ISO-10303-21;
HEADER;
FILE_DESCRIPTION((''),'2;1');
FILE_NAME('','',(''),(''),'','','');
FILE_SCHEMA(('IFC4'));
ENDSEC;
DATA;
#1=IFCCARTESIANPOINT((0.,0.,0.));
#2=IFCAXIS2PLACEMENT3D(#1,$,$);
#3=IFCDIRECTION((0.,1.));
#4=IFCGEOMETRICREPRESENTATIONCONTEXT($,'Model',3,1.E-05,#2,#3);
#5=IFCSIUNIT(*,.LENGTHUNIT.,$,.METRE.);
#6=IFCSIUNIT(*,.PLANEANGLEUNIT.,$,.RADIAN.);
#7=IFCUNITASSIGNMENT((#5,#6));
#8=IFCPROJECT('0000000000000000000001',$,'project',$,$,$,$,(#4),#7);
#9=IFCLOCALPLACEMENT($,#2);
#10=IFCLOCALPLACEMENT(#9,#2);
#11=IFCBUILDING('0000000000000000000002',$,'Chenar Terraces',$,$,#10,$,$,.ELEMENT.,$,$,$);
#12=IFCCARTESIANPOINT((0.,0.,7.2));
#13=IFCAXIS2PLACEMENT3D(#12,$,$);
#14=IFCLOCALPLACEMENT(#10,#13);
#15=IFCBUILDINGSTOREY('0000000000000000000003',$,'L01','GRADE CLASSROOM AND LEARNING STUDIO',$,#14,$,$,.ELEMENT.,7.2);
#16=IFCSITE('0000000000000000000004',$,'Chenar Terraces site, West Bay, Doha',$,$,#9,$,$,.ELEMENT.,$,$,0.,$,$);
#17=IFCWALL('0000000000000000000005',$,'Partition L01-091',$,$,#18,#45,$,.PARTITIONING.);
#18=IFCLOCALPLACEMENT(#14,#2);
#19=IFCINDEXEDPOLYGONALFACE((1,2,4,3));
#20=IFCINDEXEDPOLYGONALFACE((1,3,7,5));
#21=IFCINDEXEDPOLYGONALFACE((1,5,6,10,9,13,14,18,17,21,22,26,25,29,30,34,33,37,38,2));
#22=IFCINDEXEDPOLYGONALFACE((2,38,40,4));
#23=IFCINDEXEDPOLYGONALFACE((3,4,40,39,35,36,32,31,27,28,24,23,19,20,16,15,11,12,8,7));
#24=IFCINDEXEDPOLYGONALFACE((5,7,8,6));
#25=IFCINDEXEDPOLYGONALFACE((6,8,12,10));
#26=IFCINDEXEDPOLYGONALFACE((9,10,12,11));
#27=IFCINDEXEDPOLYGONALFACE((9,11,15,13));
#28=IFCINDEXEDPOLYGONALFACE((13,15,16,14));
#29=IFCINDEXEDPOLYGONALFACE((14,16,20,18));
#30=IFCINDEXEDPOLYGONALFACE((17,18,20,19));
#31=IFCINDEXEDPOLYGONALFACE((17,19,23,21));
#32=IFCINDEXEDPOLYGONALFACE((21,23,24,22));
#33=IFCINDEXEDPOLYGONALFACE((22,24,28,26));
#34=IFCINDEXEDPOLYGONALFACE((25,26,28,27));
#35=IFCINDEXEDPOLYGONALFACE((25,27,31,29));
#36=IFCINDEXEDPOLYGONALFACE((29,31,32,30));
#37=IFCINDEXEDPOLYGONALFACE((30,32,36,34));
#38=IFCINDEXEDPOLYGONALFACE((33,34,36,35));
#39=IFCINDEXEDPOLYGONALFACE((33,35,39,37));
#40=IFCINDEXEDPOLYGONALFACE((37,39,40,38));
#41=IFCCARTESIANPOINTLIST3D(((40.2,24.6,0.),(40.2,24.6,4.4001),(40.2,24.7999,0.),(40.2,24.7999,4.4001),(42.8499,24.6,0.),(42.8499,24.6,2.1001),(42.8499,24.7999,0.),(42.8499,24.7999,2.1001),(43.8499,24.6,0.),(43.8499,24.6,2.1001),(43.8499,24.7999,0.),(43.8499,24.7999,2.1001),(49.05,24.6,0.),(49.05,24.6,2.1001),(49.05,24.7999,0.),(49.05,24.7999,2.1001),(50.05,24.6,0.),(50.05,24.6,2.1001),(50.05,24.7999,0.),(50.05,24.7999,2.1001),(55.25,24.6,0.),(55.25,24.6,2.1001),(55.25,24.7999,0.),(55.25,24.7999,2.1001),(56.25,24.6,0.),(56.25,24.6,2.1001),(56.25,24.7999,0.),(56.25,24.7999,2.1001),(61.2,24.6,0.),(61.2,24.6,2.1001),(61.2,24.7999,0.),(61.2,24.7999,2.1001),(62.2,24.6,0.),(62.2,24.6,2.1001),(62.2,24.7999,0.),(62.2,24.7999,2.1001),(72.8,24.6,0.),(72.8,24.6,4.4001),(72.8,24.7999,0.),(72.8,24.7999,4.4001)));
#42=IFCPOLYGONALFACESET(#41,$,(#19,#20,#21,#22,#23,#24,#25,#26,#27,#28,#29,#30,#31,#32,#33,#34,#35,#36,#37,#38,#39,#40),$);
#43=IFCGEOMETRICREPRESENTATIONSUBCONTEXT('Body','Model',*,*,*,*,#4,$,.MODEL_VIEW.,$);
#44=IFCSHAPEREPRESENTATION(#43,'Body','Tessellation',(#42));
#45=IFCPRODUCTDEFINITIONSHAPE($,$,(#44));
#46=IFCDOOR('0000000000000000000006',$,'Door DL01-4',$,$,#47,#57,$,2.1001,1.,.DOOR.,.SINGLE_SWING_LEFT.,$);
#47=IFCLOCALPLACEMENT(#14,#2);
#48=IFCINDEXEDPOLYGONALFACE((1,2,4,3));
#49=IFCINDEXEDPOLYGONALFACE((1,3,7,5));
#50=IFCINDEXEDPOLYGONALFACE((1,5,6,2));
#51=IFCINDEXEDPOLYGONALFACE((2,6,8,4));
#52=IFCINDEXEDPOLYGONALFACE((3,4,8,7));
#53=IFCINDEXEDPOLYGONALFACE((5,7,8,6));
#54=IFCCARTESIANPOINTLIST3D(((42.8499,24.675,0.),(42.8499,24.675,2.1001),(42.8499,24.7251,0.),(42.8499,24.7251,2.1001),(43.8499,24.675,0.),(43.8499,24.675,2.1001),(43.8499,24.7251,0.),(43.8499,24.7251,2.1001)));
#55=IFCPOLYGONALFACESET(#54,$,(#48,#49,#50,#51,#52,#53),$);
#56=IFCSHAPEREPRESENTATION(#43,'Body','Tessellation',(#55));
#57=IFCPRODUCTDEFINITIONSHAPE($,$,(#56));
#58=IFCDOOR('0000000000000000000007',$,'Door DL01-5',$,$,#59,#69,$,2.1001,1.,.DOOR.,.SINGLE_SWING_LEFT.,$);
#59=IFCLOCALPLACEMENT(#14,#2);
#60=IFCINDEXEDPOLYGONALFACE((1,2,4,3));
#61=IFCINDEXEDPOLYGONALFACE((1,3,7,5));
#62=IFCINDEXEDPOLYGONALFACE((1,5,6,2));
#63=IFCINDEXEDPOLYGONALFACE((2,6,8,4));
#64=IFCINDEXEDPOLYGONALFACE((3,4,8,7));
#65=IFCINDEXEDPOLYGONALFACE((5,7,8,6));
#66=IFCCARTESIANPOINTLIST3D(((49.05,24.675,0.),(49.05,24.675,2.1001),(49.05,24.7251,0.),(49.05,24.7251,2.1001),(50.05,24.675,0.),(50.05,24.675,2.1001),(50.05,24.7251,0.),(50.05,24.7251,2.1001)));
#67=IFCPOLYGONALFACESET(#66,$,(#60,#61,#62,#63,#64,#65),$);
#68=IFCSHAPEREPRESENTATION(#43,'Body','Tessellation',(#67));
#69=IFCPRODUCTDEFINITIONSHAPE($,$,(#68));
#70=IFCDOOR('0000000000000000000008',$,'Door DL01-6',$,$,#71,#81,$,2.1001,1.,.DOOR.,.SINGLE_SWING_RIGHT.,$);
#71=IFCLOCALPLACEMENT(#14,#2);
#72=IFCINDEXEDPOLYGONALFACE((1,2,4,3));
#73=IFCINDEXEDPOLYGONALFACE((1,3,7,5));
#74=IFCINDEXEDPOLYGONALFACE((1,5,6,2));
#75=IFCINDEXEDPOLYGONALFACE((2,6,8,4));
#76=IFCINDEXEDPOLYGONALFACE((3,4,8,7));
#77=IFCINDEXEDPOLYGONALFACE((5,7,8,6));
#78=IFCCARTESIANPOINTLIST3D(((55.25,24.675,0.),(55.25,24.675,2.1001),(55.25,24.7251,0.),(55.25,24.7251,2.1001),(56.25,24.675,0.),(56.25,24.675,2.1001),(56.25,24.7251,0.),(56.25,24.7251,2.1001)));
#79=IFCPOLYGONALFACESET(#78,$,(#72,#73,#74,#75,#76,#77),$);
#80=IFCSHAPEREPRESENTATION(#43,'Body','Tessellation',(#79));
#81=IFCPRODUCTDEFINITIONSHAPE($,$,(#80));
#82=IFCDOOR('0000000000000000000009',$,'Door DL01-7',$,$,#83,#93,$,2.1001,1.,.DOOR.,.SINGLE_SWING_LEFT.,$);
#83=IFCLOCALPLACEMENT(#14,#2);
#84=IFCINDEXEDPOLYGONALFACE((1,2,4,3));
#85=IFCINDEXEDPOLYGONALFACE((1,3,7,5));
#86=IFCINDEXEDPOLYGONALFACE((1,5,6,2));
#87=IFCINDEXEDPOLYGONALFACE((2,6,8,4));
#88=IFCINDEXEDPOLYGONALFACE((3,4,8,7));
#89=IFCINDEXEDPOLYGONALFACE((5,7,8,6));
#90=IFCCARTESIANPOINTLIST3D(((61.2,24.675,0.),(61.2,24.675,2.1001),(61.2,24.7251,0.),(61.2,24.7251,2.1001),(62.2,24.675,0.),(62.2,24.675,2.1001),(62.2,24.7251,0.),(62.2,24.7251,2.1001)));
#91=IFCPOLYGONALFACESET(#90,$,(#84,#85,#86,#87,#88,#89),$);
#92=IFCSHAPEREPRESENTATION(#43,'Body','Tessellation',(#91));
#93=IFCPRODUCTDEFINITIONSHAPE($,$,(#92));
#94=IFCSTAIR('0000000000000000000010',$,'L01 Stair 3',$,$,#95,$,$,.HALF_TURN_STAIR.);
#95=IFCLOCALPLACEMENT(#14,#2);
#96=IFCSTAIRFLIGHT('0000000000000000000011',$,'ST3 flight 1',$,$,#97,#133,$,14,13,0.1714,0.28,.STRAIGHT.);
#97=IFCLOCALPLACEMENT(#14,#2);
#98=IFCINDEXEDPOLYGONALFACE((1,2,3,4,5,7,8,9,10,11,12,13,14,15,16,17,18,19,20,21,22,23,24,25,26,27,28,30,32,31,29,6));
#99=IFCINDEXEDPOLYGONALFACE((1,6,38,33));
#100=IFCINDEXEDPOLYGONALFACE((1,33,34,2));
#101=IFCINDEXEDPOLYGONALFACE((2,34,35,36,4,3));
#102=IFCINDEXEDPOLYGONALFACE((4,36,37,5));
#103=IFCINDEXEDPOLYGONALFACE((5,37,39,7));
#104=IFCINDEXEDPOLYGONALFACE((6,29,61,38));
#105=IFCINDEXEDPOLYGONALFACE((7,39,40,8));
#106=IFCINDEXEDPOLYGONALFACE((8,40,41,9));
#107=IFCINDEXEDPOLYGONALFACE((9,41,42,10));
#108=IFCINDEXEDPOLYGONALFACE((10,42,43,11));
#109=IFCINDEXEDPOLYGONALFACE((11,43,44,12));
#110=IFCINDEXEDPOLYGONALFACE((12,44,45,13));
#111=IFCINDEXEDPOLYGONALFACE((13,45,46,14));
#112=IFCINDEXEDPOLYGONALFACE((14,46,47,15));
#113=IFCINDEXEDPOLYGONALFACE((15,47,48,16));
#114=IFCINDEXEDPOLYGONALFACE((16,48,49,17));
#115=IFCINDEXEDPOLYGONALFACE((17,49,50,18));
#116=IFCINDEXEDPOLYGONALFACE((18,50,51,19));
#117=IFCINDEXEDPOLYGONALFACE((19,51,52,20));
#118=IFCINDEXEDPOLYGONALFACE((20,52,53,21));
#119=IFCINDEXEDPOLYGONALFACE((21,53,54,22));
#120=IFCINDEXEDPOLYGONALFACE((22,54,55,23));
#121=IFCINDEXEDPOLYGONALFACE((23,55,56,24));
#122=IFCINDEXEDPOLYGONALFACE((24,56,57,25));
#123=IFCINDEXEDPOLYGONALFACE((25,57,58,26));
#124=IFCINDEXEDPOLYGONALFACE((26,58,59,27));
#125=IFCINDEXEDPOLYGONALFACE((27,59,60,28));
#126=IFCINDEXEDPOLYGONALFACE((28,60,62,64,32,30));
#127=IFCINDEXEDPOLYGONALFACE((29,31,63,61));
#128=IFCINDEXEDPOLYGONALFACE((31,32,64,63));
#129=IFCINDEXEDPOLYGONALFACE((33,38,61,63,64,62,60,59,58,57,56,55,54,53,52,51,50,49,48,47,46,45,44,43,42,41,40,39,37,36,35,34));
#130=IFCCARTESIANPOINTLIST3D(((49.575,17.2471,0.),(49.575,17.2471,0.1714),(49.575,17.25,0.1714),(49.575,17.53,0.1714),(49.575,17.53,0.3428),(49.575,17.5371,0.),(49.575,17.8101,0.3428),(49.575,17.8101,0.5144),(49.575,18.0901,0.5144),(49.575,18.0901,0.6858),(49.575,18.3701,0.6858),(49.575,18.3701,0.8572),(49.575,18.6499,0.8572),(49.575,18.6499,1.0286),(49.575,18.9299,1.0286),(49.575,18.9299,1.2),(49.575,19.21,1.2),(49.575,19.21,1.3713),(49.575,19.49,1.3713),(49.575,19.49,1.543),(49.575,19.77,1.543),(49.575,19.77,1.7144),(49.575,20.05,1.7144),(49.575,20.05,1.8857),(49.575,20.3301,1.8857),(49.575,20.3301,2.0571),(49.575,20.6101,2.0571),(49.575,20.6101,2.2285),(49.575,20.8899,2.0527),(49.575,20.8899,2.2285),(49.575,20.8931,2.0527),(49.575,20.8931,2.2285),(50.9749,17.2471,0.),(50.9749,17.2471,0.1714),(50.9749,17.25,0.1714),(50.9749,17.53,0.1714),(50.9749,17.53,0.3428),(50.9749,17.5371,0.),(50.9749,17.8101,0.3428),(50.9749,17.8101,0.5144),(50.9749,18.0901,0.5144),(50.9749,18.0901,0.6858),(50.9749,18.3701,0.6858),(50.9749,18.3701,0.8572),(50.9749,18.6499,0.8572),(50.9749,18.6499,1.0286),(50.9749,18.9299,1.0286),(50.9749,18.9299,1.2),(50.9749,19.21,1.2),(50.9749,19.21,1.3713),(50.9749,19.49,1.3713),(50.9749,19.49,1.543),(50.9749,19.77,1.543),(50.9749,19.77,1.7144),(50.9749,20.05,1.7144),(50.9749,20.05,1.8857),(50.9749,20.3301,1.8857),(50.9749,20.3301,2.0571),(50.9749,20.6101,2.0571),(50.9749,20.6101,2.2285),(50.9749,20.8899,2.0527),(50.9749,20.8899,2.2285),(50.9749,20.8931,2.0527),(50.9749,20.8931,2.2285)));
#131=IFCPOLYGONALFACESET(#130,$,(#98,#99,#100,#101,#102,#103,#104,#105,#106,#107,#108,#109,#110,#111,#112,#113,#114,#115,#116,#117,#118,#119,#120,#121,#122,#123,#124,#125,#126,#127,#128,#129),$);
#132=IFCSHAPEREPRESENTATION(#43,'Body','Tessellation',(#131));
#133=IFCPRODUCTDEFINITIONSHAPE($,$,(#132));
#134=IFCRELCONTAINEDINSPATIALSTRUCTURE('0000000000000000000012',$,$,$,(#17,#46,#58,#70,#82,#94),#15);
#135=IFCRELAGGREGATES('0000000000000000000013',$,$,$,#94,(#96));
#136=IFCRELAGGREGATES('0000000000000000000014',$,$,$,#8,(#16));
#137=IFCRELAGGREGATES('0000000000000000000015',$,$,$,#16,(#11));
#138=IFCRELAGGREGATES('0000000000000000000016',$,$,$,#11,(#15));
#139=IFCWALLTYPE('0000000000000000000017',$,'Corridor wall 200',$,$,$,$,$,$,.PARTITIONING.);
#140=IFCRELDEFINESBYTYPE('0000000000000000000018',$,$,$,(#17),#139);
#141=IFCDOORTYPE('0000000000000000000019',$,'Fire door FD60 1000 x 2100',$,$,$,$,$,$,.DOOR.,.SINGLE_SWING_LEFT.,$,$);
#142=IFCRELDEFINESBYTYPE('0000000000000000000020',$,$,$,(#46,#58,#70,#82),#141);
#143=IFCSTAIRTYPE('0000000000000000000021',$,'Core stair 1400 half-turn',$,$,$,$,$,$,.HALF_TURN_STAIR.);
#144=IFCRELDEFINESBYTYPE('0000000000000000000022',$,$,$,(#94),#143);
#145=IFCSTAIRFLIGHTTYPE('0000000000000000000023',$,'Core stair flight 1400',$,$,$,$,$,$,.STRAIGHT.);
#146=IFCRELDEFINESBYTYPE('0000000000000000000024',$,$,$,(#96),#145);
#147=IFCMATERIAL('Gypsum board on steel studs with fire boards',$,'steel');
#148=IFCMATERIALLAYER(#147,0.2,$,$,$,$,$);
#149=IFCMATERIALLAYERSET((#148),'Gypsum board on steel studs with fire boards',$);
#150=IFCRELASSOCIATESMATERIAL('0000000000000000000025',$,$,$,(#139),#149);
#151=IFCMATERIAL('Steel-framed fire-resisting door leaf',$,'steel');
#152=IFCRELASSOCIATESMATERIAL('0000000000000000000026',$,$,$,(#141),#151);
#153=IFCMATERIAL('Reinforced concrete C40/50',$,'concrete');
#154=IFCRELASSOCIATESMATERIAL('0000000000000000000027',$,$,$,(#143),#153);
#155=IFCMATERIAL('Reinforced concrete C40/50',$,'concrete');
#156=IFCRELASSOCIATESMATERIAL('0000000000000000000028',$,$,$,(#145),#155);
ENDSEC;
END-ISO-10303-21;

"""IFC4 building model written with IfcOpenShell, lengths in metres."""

from ifc_helpers import new_model, si_unit, direction, frame, frame_2d, origin, place, context, subcontext, project, spatial, polyline, rectangle, outline, extrude, material, layer, layer_set, type_object, element, fill, aggregate, save


model = new_model("IFC4")

# Units and contexts
model_context = context("Model", 3, precision=1e-05, world=origin(), true_north=direction((0.0, 1.0)))
body_context = subcontext(model_context, "Body", "Model", "MODEL_VIEW")
ifc_project = project(units=[si_unit("LENGTHUNIT", "METRE"), si_unit("PLANEANGLEUNIT", "RADIAN")], contexts=[model_context])

# Site, building, storey
site_placement = place(None, origin())
site = spatial("IfcSite", under=ifc_project, at=site_placement, Name="Chenar Terraces site, West Bay, Doha", CompositionType="ELEMENT", RefElevation=0.0)
building_placement = place(site_placement, origin())
building = spatial("IfcBuilding", under=site, at=building_placement, Name="Chenar Terraces", CompositionType="ELEMENT")
storey_placement = place(building_placement, frame((0.0, 0.0, 7.2)))
storey = spatial("IfcBuildingStorey", under=building, at=storey_placement, Name="L01", Description="GRADE CLASSROOM AND LEARNING STUDIO", CompositionType="ELEMENT", Elevation=7.2)

# Wall, openings, doors
ifc_material_1 = material(Name="Gypsum board on steel studs with fire boards", Category="steel")
ifc_layer_1 = layer(ifc_material_1, 0.2)
ifc_layer_set_1 = layer_set([ifc_layer_1], Name="Gypsum board on steel studs with fire boards")
wall_type_1 = type_object("IfcWallType", Name="Corridor wall 200", PredefinedType="PARTITIONING", material=ifc_layer_set_1)
wall_1_placement = place(storey_placement, frame((40.2, 24.7, 0.0), z_axis=(0.0, 0.0, 1.0), x_axis=(1.0, 0.0, 0.0)))
wall_1 = element("IfcWall", 1, at=wall_1_placement, inside=storey, type_object=wall_type_1, Name="Partition L01-091", PredefinedType="PARTITIONING", context=body_context, shape_type="SweptSolid", body=[
    extrude(rectangle(XDim=32.6001, YDim=0.2, at=frame_2d((16.3, 0.0))), origin(), (0.0, 0.0, 1.0), 4.4001),
])
opening_1_placement = place(wall_1_placement, frame((2.6499, 0.0, 0.0)))
opening_1 = element("IfcOpeningElement", 2, at=opening_1_placement, cuts=wall_1, PredefinedType="OPENING", context=body_context, shape_type="SweptSolid", body=[
    extrude(rectangle(XDim=1.0, YDim=2.1001, at=frame_2d((0.5, 1.05))), frame((0.0, 0.1099, 0.0), z_axis=(0.0, -1.0, 0.0), x_axis=(1.0, 0.0, 0.0)), (0.0, 0.0, 1.0), 0.22),
])
opening_2_placement = place(wall_1_placement, frame((8.8501, 0.0, 0.0)))
opening_2 = element("IfcOpeningElement", 3, at=opening_2_placement, cuts=wall_1, PredefinedType="OPENING", context=body_context, shape_type="SweptSolid", body=[
    extrude(rectangle(XDim=1.0, YDim=2.1001, at=frame_2d((0.5, 1.05))), frame((0.0, 0.1099, 0.0), z_axis=(0.0, -1.0, 0.0), x_axis=(1.0, 0.0, 0.0)), (0.0, 0.0, 1.0), 0.22),
])
opening_3_placement = place(wall_1_placement, frame((15.05, 0.0, 0.0)))
opening_3 = element("IfcOpeningElement", 4, at=opening_3_placement, cuts=wall_1, PredefinedType="OPENING", context=body_context, shape_type="SweptSolid", body=[
    extrude(rectangle(XDim=1.0, YDim=2.1001, at=frame_2d((0.5, 1.05))), frame((0.0, 0.1099, 0.0), z_axis=(0.0, -1.0, 0.0), x_axis=(1.0, 0.0, 0.0)), (0.0, 0.0, 1.0), 0.22),
])
opening_4_placement = place(wall_1_placement, frame((21.0, 0.0, 0.0)))
opening_4 = element("IfcOpeningElement", 5, at=opening_4_placement, cuts=wall_1, PredefinedType="OPENING", context=body_context, shape_type="SweptSolid", body=[
    extrude(rectangle(XDim=1.0, YDim=2.1001, at=frame_2d((0.5, 1.05))), frame((0.0, 0.1099, 0.0), z_axis=(0.0, -1.0, 0.0), x_axis=(1.0, 0.0, 0.0)), (0.0, 0.0, 1.0), 0.22),
])
ifc_material_2 = material(Name="Steel-framed fire-resisting door leaf", Category="steel")
door_type = type_object("IfcDoorType", Name="Fire door FD60 1000 x 2100", OperationType="SINGLE_SWING_LEFT", PredefinedType="DOOR", material=ifc_material_2)
door_1_placement = place(opening_1_placement, frame((1.0, 0.0, 0.0), z_axis=(0.0, 0.0, 1.0), x_axis=(-1.0, 0.0, 0.0)))
door_1 = element("IfcDoor", 6, at=door_1_placement, inside=storey, type_object=door_type, Name="Door DL01-4", OperationType="SINGLE_SWING_LEFT", OverallHeight=2.1001, OverallWidth=1.0, PredefinedType="DOOR", context=body_context, shape_type="SweptSolid", body=[
    extrude(rectangle(XDim=1.0, YDim=2.1001, at=frame_2d((0.5, 1.05))), frame((0.0, 0.0249, 0.0), z_axis=(0.0, -1.0, 0.0), x_axis=(1.0, 0.0, 0.0)), (0.0, 0.0, 1.0), 0.05),
])
fill(opening_1, door_1)
door_2_placement = place(opening_2_placement, frame((1.0, 0.0, 0.0), z_axis=(0.0, 0.0, 1.0), x_axis=(-1.0, 0.0, 0.0)))
door_2 = element("IfcDoor", 7, at=door_2_placement, inside=storey, type_object=door_type, Name="Door DL01-5", OperationType="SINGLE_SWING_LEFT", OverallHeight=2.1001, OverallWidth=1.0, PredefinedType="DOOR", context=body_context, shape_type="SweptSolid", body=[
    extrude(rectangle(XDim=1.0, YDim=2.1001, at=frame_2d((0.5, 1.05))), frame((0.0, 0.0249, 0.0), z_axis=(0.0, -1.0, 0.0), x_axis=(1.0, 0.0, 0.0)), (0.0, 0.0, 1.0), 0.05),
])
fill(opening_2, door_2)
door_3_placement = place(opening_3_placement, frame((1.0, 0.0, 0.0), z_axis=(0.0, 0.0, 1.0), x_axis=(-1.0, 0.0, 0.0)))
door_3 = element("IfcDoor", 8, at=door_3_placement, inside=storey, type_object=door_type, Name="Door DL01-6", OperationType="SINGLE_SWING_RIGHT", OverallHeight=2.1001, OverallWidth=1.0, PredefinedType="DOOR", context=body_context, shape_type="SweptSolid", body=[
    extrude(rectangle(XDim=1.0, YDim=2.1001, at=frame_2d((0.5, 1.05))), frame((0.0, 0.0249, 0.0), z_axis=(0.0, -1.0, 0.0), x_axis=(1.0, 0.0, 0.0)), (0.0, 0.0, 1.0), 0.05),
])
fill(opening_3, door_3)
door_4_placement = place(opening_4_placement, frame((1.0, 0.0, 0.0), z_axis=(0.0, 0.0, 1.0), x_axis=(-1.0, 0.0, 0.0)))
door_4 = element("IfcDoor", 9, at=door_4_placement, inside=storey, type_object=door_type, Name="Door DL01-7", OperationType="SINGLE_SWING_LEFT", OverallHeight=2.1001, OverallWidth=1.0, PredefinedType="DOOR", context=body_context, shape_type="SweptSolid", body=[
    extrude(rectangle(XDim=1.0, YDim=2.1001, at=frame_2d((0.5, 1.05))), frame((0.0, 0.0249, 0.0), z_axis=(0.0, -1.0, 0.0), x_axis=(1.0, 0.0, 0.0)), (0.0, 0.0, 1.0), 0.05),
])
fill(opening_4, door_4)

# Stair, stair flight
ifc_material_3 = material(Name="Reinforced concrete C40/50", Category="concrete")
stair_type = type_object("IfcStairType", Name="Core stair 1400 half-turn", PredefinedType="HALF_TURN_STAIR", material=ifc_material_3)
placement = place(storey_placement, origin())
stair_1 = element("IfcStair", 10, at=placement, inside=storey, type_object=stair_type, Name="L01 Stair 3", PredefinedType="HALF_TURN_STAIR")
ifc_material_4 = material(Name="Reinforced concrete C40/50", Category="concrete")
stair_flight_type = type_object("IfcStairFlightType", Name="Core stair flight 1400", PredefinedType="STRAIGHT", material=ifc_material_4)
stair_flight_1_placement = place(storey_placement, frame((50.2749, 17.25, 0.0), z_axis=(0.0, 0.0, 1.0), x_axis=(0.0, 1.0, 0.0)))
stair_flight_1 = element("IfcStairFlight", 11, at=stair_flight_1_placement, type_object=stair_flight_type, Name="ST3 flight 1", NumberOfRisers=14, NumberOfTreads=13, PredefinedType="STRAIGHT", RiserHeight=0.1714, TreadLength=0.28, context=body_context, shape_type="SweptSolid", body=[
    extrude(outline(polyline([(-0.0029, 0.0), (-0.0029, 0.1714), (0.0, 0.1714), (0.28, 0.1714), (0.28, 0.3428), (0.5601, 0.3428), (0.5601, 0.5144), (0.8401, 0.5144), (0.8401, 0.6858), (1.1201, 0.6858), (1.1201, 0.8572), (1.3999, 0.8572), (1.3999, 1.0286), (1.6799, 1.0286), (1.6799, 1.2), (1.96, 1.2), (1.96, 1.3713), (2.24, 1.3713), (2.24, 1.543), (2.52, 1.543), (2.52, 1.7144), (2.8, 1.7144), (2.8, 1.8857), (3.0801, 1.8857), (3.0801, 2.0571), (3.3601, 2.0571), (3.3601, 2.2285), (3.6399, 2.2285), (3.6431, 2.2285), (3.6431, 2.0527), (3.6399, 2.0527), (0.2871, 0.0), (-0.0029, 0.0)])), frame((0.0, 0.7, 0.0), z_axis=(0.0, -1.0, 0.0), x_axis=(1.0, 0.0, 0.0)), (0.0, 0.0, 1.0), 1.3999),
])
aggregate(stair_1, [stair_flight_1])

save(model, "model.ifc")
